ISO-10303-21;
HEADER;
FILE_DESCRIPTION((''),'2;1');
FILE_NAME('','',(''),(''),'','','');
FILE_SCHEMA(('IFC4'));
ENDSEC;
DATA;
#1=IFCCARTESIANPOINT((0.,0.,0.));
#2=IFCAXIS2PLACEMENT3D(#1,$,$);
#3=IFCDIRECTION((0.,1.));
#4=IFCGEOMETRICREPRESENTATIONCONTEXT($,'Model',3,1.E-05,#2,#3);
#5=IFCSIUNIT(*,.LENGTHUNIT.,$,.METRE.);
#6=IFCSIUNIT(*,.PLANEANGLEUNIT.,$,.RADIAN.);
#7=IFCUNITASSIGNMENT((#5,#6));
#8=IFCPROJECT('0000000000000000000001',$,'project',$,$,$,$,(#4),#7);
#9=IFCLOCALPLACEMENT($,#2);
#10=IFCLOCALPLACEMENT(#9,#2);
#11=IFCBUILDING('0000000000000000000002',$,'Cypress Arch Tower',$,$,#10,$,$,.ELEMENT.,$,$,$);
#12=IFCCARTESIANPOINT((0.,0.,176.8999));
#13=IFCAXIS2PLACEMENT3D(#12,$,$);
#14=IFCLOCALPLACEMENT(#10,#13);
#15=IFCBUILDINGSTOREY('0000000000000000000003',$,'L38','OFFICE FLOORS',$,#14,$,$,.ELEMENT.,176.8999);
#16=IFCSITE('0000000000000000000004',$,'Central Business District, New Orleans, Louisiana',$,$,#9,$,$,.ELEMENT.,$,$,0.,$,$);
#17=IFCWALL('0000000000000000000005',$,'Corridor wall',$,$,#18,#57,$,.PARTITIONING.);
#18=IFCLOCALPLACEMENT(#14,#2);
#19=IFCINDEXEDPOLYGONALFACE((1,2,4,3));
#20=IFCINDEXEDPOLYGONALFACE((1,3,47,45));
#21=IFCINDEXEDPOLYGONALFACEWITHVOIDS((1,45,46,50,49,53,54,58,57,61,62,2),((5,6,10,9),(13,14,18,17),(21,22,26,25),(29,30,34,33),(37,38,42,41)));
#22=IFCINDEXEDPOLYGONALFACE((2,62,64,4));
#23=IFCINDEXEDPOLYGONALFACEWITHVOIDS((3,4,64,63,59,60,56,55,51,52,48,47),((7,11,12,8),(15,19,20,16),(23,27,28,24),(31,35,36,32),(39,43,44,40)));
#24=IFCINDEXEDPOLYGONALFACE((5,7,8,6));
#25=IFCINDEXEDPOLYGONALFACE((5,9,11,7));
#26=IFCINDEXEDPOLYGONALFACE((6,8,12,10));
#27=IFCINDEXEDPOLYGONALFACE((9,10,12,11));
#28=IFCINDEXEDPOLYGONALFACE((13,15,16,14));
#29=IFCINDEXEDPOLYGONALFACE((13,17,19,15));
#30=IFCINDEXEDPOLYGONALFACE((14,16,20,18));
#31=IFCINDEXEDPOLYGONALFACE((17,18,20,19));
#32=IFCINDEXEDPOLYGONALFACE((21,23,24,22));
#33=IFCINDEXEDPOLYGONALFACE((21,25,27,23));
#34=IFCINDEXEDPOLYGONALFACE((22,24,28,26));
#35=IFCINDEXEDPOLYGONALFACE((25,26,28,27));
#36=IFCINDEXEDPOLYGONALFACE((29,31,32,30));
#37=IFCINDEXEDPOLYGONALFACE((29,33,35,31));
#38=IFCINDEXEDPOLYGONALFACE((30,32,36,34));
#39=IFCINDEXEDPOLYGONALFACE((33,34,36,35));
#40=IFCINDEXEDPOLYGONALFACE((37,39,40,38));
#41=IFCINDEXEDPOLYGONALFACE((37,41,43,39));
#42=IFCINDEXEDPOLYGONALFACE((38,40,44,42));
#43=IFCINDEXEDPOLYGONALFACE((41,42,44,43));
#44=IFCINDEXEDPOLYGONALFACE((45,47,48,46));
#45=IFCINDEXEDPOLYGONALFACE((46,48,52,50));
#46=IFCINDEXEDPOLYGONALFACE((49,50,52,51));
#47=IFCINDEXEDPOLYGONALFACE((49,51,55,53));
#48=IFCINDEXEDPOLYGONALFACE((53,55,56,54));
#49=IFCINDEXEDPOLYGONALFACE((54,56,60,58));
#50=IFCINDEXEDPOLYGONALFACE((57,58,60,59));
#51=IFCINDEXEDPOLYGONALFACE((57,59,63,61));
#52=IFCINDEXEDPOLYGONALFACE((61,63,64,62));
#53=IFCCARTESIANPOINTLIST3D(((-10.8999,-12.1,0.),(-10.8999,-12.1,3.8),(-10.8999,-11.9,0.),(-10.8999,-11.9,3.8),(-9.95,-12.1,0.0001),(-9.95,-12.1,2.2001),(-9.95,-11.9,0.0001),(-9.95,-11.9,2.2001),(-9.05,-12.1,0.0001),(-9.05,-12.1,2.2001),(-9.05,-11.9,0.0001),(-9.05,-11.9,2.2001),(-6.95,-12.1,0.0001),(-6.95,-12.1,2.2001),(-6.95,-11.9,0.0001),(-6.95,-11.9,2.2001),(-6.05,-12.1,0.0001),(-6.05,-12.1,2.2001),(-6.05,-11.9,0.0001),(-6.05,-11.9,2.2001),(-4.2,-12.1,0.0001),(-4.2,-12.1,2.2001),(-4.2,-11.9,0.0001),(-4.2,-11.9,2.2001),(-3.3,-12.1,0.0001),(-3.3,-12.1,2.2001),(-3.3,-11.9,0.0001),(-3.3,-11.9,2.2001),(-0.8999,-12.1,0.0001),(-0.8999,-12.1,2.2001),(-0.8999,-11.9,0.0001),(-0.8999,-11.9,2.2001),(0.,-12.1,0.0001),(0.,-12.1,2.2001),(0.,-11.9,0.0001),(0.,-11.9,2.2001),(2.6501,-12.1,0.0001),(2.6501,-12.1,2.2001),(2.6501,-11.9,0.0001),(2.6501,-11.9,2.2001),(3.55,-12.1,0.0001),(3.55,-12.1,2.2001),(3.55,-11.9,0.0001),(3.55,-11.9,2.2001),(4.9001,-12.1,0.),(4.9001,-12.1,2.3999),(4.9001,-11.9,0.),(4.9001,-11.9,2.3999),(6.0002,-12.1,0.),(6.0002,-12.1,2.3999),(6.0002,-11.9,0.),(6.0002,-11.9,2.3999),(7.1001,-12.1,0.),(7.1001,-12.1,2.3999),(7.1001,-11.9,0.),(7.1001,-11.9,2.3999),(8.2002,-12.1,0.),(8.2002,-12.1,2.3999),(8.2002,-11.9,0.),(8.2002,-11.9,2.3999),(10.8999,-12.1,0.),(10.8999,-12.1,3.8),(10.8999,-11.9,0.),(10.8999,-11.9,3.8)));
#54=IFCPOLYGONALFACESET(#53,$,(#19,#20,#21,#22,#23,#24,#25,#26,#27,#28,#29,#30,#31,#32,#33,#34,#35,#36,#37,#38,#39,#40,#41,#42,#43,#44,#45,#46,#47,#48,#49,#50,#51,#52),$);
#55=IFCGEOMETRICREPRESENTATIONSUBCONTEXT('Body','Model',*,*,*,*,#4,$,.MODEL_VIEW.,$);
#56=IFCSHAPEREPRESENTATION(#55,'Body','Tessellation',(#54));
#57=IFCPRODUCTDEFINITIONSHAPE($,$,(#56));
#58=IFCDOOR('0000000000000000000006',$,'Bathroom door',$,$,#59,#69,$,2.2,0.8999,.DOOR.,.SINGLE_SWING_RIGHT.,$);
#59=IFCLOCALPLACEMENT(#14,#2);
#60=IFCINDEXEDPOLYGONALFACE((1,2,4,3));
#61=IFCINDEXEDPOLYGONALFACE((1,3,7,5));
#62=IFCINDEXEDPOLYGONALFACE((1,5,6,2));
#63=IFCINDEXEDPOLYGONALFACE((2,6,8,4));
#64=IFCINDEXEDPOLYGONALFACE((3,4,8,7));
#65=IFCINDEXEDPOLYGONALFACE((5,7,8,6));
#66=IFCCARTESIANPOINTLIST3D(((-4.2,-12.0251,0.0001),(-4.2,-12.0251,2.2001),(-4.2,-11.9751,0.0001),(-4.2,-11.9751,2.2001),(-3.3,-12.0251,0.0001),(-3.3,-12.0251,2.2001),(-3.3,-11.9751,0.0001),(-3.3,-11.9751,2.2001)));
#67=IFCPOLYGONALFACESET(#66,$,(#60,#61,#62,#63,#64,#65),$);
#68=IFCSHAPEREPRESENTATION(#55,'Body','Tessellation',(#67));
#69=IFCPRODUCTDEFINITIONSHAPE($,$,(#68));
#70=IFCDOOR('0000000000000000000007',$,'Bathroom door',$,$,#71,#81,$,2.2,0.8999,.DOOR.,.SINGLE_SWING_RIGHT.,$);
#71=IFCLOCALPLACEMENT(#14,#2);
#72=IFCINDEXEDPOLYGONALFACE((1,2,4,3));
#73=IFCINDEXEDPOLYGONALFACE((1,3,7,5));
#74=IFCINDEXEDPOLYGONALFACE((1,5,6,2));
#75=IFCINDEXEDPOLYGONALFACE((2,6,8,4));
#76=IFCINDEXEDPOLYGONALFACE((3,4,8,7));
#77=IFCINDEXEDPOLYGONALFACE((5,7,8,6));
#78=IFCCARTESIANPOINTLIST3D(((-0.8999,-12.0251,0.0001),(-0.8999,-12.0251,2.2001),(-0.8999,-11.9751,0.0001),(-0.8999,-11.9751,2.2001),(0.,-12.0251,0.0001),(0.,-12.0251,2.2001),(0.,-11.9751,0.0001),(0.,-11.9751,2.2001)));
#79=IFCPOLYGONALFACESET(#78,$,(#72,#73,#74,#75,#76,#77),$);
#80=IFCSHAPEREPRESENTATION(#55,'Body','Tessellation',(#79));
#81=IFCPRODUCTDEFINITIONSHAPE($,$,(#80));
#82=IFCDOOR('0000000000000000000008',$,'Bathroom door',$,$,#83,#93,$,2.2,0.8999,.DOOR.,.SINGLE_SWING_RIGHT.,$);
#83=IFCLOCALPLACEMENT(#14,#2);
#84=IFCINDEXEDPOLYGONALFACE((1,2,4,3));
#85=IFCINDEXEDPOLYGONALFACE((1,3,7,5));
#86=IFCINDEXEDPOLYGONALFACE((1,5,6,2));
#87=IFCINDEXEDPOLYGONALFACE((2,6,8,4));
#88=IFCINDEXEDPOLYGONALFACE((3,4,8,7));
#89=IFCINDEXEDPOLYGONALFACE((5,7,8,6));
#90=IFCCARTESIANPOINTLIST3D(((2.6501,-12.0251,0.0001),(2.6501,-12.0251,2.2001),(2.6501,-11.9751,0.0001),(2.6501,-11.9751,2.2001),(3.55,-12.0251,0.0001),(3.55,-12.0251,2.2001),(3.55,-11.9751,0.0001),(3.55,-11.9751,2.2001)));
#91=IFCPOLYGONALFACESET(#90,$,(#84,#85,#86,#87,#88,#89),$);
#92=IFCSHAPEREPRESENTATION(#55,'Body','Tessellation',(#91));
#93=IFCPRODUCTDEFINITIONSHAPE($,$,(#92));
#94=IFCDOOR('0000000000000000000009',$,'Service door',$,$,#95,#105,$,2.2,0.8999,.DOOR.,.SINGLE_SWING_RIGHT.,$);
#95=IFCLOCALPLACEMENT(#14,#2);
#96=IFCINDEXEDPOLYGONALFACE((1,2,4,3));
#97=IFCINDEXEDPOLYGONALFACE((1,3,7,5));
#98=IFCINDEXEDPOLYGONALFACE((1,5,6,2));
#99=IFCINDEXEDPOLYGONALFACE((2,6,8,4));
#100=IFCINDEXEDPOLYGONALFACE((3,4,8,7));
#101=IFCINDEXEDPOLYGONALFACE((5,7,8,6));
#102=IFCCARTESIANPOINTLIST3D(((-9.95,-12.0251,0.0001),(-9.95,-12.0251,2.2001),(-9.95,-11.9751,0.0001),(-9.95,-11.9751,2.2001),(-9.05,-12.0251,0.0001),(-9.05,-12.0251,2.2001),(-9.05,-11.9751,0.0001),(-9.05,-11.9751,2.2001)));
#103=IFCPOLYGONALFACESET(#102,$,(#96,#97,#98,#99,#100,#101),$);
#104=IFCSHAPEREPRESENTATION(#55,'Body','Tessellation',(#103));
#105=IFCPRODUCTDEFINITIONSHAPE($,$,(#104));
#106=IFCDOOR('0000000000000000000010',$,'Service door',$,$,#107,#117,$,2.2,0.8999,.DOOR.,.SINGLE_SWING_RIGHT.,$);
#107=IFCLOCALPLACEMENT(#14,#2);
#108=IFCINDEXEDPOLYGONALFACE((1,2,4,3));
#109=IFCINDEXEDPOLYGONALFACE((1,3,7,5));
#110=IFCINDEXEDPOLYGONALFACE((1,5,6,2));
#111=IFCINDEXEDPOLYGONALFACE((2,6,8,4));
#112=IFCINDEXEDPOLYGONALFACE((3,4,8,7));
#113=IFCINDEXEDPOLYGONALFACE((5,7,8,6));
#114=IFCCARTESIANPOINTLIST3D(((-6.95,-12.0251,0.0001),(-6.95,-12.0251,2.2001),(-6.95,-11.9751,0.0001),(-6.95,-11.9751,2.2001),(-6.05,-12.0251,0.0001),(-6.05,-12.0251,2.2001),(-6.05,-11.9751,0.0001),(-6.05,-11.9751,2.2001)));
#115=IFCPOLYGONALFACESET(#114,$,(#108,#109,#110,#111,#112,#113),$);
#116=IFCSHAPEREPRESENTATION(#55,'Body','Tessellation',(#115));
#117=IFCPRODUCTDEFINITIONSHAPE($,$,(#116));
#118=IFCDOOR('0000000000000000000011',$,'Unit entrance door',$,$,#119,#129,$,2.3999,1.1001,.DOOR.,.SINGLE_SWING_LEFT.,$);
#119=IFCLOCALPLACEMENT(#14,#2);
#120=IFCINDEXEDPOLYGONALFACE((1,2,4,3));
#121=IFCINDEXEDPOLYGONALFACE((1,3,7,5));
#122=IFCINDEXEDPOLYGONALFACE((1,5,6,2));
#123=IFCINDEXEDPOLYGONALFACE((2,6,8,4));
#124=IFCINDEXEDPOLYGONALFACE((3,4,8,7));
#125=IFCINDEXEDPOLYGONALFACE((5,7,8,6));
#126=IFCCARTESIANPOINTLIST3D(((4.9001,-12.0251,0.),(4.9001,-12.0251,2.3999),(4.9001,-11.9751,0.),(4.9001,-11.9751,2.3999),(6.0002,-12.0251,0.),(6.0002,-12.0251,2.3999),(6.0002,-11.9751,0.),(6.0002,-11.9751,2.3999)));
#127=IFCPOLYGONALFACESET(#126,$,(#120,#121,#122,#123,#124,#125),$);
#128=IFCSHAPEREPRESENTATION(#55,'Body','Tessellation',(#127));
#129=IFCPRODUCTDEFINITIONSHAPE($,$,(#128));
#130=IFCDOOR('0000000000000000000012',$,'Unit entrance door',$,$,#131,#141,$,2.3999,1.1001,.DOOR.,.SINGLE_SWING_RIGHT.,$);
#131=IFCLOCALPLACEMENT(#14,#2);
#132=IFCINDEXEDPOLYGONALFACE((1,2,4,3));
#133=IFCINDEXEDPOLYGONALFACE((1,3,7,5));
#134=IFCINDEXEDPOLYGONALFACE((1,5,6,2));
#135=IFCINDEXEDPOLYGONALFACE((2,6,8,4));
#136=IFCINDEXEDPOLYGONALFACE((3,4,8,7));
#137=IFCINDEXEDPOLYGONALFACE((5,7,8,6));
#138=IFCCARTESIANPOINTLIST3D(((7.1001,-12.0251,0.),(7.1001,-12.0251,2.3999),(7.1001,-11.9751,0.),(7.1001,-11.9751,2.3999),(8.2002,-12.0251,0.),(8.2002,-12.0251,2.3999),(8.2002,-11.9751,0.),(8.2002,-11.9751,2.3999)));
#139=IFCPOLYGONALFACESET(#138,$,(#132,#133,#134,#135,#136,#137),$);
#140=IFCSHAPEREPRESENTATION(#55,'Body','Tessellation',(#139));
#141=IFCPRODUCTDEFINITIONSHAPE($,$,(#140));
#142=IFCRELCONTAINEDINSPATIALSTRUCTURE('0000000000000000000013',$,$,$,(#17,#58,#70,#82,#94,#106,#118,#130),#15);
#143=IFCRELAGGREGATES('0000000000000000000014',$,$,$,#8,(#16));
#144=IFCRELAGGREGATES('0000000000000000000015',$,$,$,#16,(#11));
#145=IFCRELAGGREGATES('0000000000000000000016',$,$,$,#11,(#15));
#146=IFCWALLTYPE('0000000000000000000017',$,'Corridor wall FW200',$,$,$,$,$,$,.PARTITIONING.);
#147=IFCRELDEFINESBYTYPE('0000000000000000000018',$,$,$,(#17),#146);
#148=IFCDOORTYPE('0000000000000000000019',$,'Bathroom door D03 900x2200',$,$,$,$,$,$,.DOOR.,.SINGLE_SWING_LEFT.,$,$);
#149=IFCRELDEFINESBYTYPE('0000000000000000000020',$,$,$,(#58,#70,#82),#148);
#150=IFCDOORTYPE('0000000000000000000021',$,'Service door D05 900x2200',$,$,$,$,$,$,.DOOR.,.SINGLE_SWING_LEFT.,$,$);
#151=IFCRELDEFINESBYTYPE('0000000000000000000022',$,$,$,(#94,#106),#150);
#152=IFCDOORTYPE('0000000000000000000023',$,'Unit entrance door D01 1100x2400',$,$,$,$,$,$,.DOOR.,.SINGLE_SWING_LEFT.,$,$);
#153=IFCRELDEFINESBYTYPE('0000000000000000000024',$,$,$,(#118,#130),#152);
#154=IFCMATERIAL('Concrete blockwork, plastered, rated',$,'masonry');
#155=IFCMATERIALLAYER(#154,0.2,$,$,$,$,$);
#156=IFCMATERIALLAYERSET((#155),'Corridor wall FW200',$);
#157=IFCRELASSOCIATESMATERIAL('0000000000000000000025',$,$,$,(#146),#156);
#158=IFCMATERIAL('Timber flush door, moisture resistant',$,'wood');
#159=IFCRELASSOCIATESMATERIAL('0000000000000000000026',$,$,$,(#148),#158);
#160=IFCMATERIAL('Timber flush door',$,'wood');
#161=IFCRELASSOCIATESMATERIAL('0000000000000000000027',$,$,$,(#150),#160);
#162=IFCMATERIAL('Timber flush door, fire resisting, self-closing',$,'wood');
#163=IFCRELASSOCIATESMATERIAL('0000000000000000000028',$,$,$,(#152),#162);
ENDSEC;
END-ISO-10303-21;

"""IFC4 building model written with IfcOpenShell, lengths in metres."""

from ifc_helpers import new_model, si_unit, direction, frame, frame_2d, origin, place, context, subcontext, project, spatial, rectangle, extrude, material, layer, layer_set, type_object, element, fill, save


model = new_model("IFC4")

# Units and contexts
model_context = context("Model", 3, precision=1e-05, world=origin(), true_north=direction((0.0, 1.0)))
body_context = subcontext(model_context, "Body", "Model", "MODEL_VIEW")
ifc_project = project(units=[si_unit("LENGTHUNIT", "METRE"), si_unit("PLANEANGLEUNIT", "RADIAN")], contexts=[model_context])

# Site, building, storey
site_placement = place(None, origin())
site = spatial("IfcSite", under=ifc_project, at=site_placement, Name="Central Business District, New Orleans, Louisiana", CompositionType="ELEMENT", RefElevation=0.0)
building_placement = place(site_placement, origin())
building = spatial("IfcBuilding", under=site, at=building_placement, Name="Cypress Arch Tower", CompositionType="ELEMENT")
storey_placement = place(building_placement, frame((0.0, 0.0, 176.8999)))
storey = spatial("IfcBuildingStorey", under=building, at=storey_placement, Name="L38", Description="OFFICE FLOORS", CompositionType="ELEMENT", Elevation=176.8999)

# Shared definitions
ifc_material_1 = material(Name="Concrete blockwork, plastered, rated", Category="masonry")
ifc_layer_1 = layer(ifc_material_1, 0.2)
ifc_layer_set_1 = layer_set([ifc_layer_1], Name="Corridor wall FW200")
wall_type_1 = type_object("IfcWallType", Name="Corridor wall FW200", PredefinedType="PARTITIONING", material=ifc_layer_set_1)

# Wall, openings, doors
wall_1_placement = place(storey_placement, frame((-10.8999, -12.0, 0.0), z_axis=(0.0, 0.0, 1.0), x_axis=(1.0, 0.0, 0.0)))
wall_1 = element("IfcWall", 1, at=wall_1_placement, inside=storey, type_object=wall_type_1, Name="Corridor wall", PredefinedType="PARTITIONING", context=body_context, shape_type="SweptSolid", body=[
    extrude(rectangle(XDim=21.7998, YDim=0.2, at=frame_2d((10.8999, 0.0))), origin(), (0.0, 0.0, 1.0), 3.8),
])
opening_1_placement = place(wall_1_placement, frame((0.95, 0.0, 0.0)))
opening_1 = element("IfcOpeningElement", 2, at=opening_1_placement, cuts=wall_1, PredefinedType="OPENING", context=body_context, shape_type="SweptSolid", body=[
    extrude(rectangle(XDim=0.8999, YDim=2.2, at=frame_2d((0.45, 1.1001))), frame((0.0, 0.1099, 0.0), z_axis=(0.0, -1.0, 0.0), x_axis=(1.0, 0.0, 0.0)), (0.0, 0.0, 1.0), 0.22),
])
opening_2_placement = place(wall_1_placement, frame((3.95, 0.0, 0.0)))
opening_2 = element("IfcOpeningElement", 3, at=opening_2_placement, cuts=wall_1, PredefinedType="OPENING", context=body_context, shape_type="SweptSolid", body=[
    extrude(rectangle(XDim=0.8999, YDim=2.2, at=frame_2d((0.45, 1.1001))), frame((0.0, 0.1099, 0.0), z_axis=(0.0, -1.0, 0.0), x_axis=(1.0, 0.0, 0.0)), (0.0, 0.0, 1.0), 0.22),
])
opening_3_placement = place(wall_1_placement, frame((6.7, 0.0, 0.0)))
opening_3 = element("IfcOpeningElement", 4, at=opening_3_placement, cuts=wall_1, PredefinedType="OPENING", context=body_context, shape_type="SweptSolid", body=[
    extrude(rectangle(XDim=0.8999, YDim=2.2, at=frame_2d((0.45, 1.1001))), frame((0.0, 0.1099, 0.0), z_axis=(0.0, -1.0, 0.0), x_axis=(1.0, 0.0, 0.0)), (0.0, 0.0, 1.0), 0.22),
])
opening_4_placement = place(wall_1_placement, frame((10.0, 0.0, 0.0)))
opening_4 = element("IfcOpeningElement", 5, at=opening_4_placement, cuts=wall_1, PredefinedType="OPENING", context=body_context, shape_type="SweptSolid", body=[
    extrude(rectangle(XDim=0.8999, YDim=2.2, at=frame_2d((0.45, 1.1001))), frame((0.0, 0.1099, 0.0), z_axis=(0.0, -1.0, 0.0), x_axis=(1.0, 0.0, 0.0)), (0.0, 0.0, 1.0), 0.22),
])
opening_5_placement = place(wall_1_placement, frame((13.55, 0.0, 0.0)))
opening_5 = element("IfcOpeningElement", 6, at=opening_5_placement, cuts=wall_1, PredefinedType="OPENING", context=body_context, shape_type="SweptSolid", body=[
    extrude(rectangle(XDim=0.8999, YDim=2.2, at=frame_2d((0.45, 1.1001))), frame((0.0, 0.1099, 0.0), z_axis=(0.0, -1.0, 0.0), x_axis=(1.0, 0.0, 0.0)), (0.0, 0.0, 1.0), 0.22),
])
opening_6_placement = place(wall_1_placement, frame((15.8, 0.0, 0.0)))
opening_6 = element("IfcOpeningElement", 7, at=opening_6_placement, cuts=wall_1, PredefinedType="OPENING", context=body_context, shape_type="SweptSolid", body=[
    extrude(rectangle(XDim=1.1001, YDim=2.3999, at=frame_2d((0.55, 1.2))), frame((0.0, 0.1099, 0.0), z_axis=(0.0, -1.0, 0.0), x_axis=(1.0, 0.0, 0.0)), (0.0, 0.0, 1.0), 0.22),
])
opening_7_placement = place(wall_1_placement, frame((18.0, 0.0, 0.0)))
opening_7 = element("IfcOpeningElement", 8, at=opening_7_placement, cuts=wall_1, PredefinedType="OPENING", context=body_context, shape_type="SweptSolid", body=[
    extrude(rectangle(XDim=1.1001, YDim=2.3999, at=frame_2d((0.55, 1.2))), frame((0.0, 0.1099, 0.0), z_axis=(0.0, -1.0, 0.0), x_axis=(1.0, 0.0, 0.0)), (0.0, 0.0, 1.0), 0.22),
])
ifc_material_2 = material(Name="Timber flush door, moisture resistant", Category="wood")
door_type_1 = type_object("IfcDoorType", Name="Bathroom door D03 900x2200", OperationType="SINGLE_SWING_LEFT", PredefinedType="DOOR", material=ifc_material_2)
door_1_placement = place(opening_3_placement, origin())
door_1 = element("IfcDoor", 9, at=door_1_placement, inside=storey, type_object=door_type_1, Name="Bathroom door", OperationType="SINGLE_SWING_RIGHT", OverallHeight=2.2, OverallWidth=0.8999, PredefinedType="DOOR", context=body_context, shape_type="SweptSolid", body=[
    extrude(rectangle(XDim=0.8999, YDim=2.2, at=frame_2d((0.45, 1.1001))), frame((0.0, 0.0249, 0.0), z_axis=(0.0, -1.0, 0.0), x_axis=(1.0, 0.0, 0.0)), (0.0, 0.0, 1.0), 0.05),
])
fill(opening_3, door_1)
door_2_placement = place(opening_4_placement, origin())
door_2 = element("IfcDoor", 10, at=door_2_placement, inside=storey, type_object=door_type_1, Name="Bathroom door", OperationType="SINGLE_SWING_RIGHT", OverallHeight=2.2, OverallWidth=0.8999, PredefinedType="DOOR", context=body_context, shape_type="SweptSolid", body=[
    extrude(rectangle(XDim=0.8999, YDim=2.2, at=frame_2d((0.45, 1.1001))), frame((0.0, 0.0249, 0.0), z_axis=(0.0, -1.0, 0.0), x_axis=(1.0, 0.0, 0.0)), (0.0, 0.0, 1.0), 0.05),
])
fill(opening_4, door_2)
door_3_placement = place(opening_5_placement, origin())
door_3 = element("IfcDoor", 11, at=door_3_placement, inside=storey, type_object=door_type_1, Name="Bathroom door", OperationType="SINGLE_SWING_RIGHT", OverallHeight=2.2, OverallWidth=0.8999, PredefinedType="DOOR", context=body_context, shape_type="SweptSolid", body=[
    extrude(rectangle(XDim=0.8999, YDim=2.2, at=frame_2d((0.45, 1.1001))), frame((0.0, 0.0249, 0.0), z_axis=(0.0, -1.0, 0.0), x_axis=(1.0, 0.0, 0.0)), (0.0, 0.0, 1.0), 0.05),
])
fill(opening_5, door_3)
ifc_material_3 = material(Name="Timber flush door", Category="wood")
door_type_2 = type_object("IfcDoorType", Name="Service door D05 900x2200", OperationType="SINGLE_SWING_LEFT", PredefinedType="DOOR", material=ifc_material_3)
door_4_placement = place(opening_1_placement, origin())
door_4 = element("IfcDoor", 12, at=door_4_placement, inside=storey, type_object=door_type_2, Name="Service door", OperationType="SINGLE_SWING_RIGHT", OverallHeight=2.2, OverallWidth=0.8999, PredefinedType="DOOR", context=body_context, shape_type="SweptSolid", body=[
    extrude(rectangle(XDim=0.8999, YDim=2.2, at=frame_2d((0.45, 1.1001))), frame((0.0, 0.0249, 0.0), z_axis=(0.0, -1.0, 0.0), x_axis=(1.0, 0.0, 0.0)), (0.0, 0.0, 1.0), 0.05),
])
fill(opening_1, door_4)
door_5_placement = place(opening_2_placement, origin())
door_5 = element("IfcDoor", 13, at=door_5_placement, inside=storey, type_object=door_type_2, Name="Service door", OperationType="SINGLE_SWING_RIGHT", OverallHeight=2.2, OverallWidth=0.8999, PredefinedType="DOOR", context=body_context, shape_type="SweptSolid", body=[
    extrude(rectangle(XDim=0.8999, YDim=2.2, at=frame_2d((0.45, 1.1001))), frame((0.0, 0.0249, 0.0), z_axis=(0.0, -1.0, 0.0), x_axis=(1.0, 0.0, 0.0)), (0.0, 0.0, 1.0), 0.05),
])
fill(opening_2, door_5)
ifc_material_4 = material(Name="Timber flush door, fire resisting, self-closing", Category="wood")
door_type_3 = type_object("IfcDoorType", Name="Unit entrance door D01 1100x2400", OperationType="SINGLE_SWING_LEFT", PredefinedType="DOOR", material=ifc_material_4)
door_6_placement = place(opening_6_placement, origin())
door_6 = element("IfcDoor", 14, at=door_6_placement, inside=storey, type_object=door_type_3, Name="Unit entrance door", OperationType="SINGLE_SWING_LEFT", OverallHeight=2.3999, OverallWidth=1.1001, PredefinedType="DOOR", context=body_context, shape_type="SweptSolid", body=[
    extrude(rectangle(XDim=1.1001, YDim=2.3999, at=frame_2d((0.55, 1.2))), frame((0.0, 0.0249, 0.0), z_axis=(0.0, -1.0, 0.0), x_axis=(1.0, 0.0, 0.0)), (0.0, 0.0, 1.0), 0.05),
])
fill(opening_6, door_6)
door_7_placement = place(opening_7_placement, origin())
door_7 = element("IfcDoor", 15, at=door_7_placement, inside=storey, type_object=door_type_3, Name="Unit entrance door", OperationType="SINGLE_SWING_RIGHT", OverallHeight=2.3999, OverallWidth=1.1001, PredefinedType="DOOR", context=body_context, shape_type="SweptSolid", body=[
    extrude(rectangle(XDim=1.1001, YDim=2.3999, at=frame_2d((0.55, 1.2))), frame((0.0, 0.0249, 0.0), z_axis=(0.0, -1.0, 0.0), x_axis=(1.0, 0.0, 0.0)), (0.0, 0.0, 1.0), 0.05),
])
fill(opening_7, door_7)

save(model, "model.ifc")
